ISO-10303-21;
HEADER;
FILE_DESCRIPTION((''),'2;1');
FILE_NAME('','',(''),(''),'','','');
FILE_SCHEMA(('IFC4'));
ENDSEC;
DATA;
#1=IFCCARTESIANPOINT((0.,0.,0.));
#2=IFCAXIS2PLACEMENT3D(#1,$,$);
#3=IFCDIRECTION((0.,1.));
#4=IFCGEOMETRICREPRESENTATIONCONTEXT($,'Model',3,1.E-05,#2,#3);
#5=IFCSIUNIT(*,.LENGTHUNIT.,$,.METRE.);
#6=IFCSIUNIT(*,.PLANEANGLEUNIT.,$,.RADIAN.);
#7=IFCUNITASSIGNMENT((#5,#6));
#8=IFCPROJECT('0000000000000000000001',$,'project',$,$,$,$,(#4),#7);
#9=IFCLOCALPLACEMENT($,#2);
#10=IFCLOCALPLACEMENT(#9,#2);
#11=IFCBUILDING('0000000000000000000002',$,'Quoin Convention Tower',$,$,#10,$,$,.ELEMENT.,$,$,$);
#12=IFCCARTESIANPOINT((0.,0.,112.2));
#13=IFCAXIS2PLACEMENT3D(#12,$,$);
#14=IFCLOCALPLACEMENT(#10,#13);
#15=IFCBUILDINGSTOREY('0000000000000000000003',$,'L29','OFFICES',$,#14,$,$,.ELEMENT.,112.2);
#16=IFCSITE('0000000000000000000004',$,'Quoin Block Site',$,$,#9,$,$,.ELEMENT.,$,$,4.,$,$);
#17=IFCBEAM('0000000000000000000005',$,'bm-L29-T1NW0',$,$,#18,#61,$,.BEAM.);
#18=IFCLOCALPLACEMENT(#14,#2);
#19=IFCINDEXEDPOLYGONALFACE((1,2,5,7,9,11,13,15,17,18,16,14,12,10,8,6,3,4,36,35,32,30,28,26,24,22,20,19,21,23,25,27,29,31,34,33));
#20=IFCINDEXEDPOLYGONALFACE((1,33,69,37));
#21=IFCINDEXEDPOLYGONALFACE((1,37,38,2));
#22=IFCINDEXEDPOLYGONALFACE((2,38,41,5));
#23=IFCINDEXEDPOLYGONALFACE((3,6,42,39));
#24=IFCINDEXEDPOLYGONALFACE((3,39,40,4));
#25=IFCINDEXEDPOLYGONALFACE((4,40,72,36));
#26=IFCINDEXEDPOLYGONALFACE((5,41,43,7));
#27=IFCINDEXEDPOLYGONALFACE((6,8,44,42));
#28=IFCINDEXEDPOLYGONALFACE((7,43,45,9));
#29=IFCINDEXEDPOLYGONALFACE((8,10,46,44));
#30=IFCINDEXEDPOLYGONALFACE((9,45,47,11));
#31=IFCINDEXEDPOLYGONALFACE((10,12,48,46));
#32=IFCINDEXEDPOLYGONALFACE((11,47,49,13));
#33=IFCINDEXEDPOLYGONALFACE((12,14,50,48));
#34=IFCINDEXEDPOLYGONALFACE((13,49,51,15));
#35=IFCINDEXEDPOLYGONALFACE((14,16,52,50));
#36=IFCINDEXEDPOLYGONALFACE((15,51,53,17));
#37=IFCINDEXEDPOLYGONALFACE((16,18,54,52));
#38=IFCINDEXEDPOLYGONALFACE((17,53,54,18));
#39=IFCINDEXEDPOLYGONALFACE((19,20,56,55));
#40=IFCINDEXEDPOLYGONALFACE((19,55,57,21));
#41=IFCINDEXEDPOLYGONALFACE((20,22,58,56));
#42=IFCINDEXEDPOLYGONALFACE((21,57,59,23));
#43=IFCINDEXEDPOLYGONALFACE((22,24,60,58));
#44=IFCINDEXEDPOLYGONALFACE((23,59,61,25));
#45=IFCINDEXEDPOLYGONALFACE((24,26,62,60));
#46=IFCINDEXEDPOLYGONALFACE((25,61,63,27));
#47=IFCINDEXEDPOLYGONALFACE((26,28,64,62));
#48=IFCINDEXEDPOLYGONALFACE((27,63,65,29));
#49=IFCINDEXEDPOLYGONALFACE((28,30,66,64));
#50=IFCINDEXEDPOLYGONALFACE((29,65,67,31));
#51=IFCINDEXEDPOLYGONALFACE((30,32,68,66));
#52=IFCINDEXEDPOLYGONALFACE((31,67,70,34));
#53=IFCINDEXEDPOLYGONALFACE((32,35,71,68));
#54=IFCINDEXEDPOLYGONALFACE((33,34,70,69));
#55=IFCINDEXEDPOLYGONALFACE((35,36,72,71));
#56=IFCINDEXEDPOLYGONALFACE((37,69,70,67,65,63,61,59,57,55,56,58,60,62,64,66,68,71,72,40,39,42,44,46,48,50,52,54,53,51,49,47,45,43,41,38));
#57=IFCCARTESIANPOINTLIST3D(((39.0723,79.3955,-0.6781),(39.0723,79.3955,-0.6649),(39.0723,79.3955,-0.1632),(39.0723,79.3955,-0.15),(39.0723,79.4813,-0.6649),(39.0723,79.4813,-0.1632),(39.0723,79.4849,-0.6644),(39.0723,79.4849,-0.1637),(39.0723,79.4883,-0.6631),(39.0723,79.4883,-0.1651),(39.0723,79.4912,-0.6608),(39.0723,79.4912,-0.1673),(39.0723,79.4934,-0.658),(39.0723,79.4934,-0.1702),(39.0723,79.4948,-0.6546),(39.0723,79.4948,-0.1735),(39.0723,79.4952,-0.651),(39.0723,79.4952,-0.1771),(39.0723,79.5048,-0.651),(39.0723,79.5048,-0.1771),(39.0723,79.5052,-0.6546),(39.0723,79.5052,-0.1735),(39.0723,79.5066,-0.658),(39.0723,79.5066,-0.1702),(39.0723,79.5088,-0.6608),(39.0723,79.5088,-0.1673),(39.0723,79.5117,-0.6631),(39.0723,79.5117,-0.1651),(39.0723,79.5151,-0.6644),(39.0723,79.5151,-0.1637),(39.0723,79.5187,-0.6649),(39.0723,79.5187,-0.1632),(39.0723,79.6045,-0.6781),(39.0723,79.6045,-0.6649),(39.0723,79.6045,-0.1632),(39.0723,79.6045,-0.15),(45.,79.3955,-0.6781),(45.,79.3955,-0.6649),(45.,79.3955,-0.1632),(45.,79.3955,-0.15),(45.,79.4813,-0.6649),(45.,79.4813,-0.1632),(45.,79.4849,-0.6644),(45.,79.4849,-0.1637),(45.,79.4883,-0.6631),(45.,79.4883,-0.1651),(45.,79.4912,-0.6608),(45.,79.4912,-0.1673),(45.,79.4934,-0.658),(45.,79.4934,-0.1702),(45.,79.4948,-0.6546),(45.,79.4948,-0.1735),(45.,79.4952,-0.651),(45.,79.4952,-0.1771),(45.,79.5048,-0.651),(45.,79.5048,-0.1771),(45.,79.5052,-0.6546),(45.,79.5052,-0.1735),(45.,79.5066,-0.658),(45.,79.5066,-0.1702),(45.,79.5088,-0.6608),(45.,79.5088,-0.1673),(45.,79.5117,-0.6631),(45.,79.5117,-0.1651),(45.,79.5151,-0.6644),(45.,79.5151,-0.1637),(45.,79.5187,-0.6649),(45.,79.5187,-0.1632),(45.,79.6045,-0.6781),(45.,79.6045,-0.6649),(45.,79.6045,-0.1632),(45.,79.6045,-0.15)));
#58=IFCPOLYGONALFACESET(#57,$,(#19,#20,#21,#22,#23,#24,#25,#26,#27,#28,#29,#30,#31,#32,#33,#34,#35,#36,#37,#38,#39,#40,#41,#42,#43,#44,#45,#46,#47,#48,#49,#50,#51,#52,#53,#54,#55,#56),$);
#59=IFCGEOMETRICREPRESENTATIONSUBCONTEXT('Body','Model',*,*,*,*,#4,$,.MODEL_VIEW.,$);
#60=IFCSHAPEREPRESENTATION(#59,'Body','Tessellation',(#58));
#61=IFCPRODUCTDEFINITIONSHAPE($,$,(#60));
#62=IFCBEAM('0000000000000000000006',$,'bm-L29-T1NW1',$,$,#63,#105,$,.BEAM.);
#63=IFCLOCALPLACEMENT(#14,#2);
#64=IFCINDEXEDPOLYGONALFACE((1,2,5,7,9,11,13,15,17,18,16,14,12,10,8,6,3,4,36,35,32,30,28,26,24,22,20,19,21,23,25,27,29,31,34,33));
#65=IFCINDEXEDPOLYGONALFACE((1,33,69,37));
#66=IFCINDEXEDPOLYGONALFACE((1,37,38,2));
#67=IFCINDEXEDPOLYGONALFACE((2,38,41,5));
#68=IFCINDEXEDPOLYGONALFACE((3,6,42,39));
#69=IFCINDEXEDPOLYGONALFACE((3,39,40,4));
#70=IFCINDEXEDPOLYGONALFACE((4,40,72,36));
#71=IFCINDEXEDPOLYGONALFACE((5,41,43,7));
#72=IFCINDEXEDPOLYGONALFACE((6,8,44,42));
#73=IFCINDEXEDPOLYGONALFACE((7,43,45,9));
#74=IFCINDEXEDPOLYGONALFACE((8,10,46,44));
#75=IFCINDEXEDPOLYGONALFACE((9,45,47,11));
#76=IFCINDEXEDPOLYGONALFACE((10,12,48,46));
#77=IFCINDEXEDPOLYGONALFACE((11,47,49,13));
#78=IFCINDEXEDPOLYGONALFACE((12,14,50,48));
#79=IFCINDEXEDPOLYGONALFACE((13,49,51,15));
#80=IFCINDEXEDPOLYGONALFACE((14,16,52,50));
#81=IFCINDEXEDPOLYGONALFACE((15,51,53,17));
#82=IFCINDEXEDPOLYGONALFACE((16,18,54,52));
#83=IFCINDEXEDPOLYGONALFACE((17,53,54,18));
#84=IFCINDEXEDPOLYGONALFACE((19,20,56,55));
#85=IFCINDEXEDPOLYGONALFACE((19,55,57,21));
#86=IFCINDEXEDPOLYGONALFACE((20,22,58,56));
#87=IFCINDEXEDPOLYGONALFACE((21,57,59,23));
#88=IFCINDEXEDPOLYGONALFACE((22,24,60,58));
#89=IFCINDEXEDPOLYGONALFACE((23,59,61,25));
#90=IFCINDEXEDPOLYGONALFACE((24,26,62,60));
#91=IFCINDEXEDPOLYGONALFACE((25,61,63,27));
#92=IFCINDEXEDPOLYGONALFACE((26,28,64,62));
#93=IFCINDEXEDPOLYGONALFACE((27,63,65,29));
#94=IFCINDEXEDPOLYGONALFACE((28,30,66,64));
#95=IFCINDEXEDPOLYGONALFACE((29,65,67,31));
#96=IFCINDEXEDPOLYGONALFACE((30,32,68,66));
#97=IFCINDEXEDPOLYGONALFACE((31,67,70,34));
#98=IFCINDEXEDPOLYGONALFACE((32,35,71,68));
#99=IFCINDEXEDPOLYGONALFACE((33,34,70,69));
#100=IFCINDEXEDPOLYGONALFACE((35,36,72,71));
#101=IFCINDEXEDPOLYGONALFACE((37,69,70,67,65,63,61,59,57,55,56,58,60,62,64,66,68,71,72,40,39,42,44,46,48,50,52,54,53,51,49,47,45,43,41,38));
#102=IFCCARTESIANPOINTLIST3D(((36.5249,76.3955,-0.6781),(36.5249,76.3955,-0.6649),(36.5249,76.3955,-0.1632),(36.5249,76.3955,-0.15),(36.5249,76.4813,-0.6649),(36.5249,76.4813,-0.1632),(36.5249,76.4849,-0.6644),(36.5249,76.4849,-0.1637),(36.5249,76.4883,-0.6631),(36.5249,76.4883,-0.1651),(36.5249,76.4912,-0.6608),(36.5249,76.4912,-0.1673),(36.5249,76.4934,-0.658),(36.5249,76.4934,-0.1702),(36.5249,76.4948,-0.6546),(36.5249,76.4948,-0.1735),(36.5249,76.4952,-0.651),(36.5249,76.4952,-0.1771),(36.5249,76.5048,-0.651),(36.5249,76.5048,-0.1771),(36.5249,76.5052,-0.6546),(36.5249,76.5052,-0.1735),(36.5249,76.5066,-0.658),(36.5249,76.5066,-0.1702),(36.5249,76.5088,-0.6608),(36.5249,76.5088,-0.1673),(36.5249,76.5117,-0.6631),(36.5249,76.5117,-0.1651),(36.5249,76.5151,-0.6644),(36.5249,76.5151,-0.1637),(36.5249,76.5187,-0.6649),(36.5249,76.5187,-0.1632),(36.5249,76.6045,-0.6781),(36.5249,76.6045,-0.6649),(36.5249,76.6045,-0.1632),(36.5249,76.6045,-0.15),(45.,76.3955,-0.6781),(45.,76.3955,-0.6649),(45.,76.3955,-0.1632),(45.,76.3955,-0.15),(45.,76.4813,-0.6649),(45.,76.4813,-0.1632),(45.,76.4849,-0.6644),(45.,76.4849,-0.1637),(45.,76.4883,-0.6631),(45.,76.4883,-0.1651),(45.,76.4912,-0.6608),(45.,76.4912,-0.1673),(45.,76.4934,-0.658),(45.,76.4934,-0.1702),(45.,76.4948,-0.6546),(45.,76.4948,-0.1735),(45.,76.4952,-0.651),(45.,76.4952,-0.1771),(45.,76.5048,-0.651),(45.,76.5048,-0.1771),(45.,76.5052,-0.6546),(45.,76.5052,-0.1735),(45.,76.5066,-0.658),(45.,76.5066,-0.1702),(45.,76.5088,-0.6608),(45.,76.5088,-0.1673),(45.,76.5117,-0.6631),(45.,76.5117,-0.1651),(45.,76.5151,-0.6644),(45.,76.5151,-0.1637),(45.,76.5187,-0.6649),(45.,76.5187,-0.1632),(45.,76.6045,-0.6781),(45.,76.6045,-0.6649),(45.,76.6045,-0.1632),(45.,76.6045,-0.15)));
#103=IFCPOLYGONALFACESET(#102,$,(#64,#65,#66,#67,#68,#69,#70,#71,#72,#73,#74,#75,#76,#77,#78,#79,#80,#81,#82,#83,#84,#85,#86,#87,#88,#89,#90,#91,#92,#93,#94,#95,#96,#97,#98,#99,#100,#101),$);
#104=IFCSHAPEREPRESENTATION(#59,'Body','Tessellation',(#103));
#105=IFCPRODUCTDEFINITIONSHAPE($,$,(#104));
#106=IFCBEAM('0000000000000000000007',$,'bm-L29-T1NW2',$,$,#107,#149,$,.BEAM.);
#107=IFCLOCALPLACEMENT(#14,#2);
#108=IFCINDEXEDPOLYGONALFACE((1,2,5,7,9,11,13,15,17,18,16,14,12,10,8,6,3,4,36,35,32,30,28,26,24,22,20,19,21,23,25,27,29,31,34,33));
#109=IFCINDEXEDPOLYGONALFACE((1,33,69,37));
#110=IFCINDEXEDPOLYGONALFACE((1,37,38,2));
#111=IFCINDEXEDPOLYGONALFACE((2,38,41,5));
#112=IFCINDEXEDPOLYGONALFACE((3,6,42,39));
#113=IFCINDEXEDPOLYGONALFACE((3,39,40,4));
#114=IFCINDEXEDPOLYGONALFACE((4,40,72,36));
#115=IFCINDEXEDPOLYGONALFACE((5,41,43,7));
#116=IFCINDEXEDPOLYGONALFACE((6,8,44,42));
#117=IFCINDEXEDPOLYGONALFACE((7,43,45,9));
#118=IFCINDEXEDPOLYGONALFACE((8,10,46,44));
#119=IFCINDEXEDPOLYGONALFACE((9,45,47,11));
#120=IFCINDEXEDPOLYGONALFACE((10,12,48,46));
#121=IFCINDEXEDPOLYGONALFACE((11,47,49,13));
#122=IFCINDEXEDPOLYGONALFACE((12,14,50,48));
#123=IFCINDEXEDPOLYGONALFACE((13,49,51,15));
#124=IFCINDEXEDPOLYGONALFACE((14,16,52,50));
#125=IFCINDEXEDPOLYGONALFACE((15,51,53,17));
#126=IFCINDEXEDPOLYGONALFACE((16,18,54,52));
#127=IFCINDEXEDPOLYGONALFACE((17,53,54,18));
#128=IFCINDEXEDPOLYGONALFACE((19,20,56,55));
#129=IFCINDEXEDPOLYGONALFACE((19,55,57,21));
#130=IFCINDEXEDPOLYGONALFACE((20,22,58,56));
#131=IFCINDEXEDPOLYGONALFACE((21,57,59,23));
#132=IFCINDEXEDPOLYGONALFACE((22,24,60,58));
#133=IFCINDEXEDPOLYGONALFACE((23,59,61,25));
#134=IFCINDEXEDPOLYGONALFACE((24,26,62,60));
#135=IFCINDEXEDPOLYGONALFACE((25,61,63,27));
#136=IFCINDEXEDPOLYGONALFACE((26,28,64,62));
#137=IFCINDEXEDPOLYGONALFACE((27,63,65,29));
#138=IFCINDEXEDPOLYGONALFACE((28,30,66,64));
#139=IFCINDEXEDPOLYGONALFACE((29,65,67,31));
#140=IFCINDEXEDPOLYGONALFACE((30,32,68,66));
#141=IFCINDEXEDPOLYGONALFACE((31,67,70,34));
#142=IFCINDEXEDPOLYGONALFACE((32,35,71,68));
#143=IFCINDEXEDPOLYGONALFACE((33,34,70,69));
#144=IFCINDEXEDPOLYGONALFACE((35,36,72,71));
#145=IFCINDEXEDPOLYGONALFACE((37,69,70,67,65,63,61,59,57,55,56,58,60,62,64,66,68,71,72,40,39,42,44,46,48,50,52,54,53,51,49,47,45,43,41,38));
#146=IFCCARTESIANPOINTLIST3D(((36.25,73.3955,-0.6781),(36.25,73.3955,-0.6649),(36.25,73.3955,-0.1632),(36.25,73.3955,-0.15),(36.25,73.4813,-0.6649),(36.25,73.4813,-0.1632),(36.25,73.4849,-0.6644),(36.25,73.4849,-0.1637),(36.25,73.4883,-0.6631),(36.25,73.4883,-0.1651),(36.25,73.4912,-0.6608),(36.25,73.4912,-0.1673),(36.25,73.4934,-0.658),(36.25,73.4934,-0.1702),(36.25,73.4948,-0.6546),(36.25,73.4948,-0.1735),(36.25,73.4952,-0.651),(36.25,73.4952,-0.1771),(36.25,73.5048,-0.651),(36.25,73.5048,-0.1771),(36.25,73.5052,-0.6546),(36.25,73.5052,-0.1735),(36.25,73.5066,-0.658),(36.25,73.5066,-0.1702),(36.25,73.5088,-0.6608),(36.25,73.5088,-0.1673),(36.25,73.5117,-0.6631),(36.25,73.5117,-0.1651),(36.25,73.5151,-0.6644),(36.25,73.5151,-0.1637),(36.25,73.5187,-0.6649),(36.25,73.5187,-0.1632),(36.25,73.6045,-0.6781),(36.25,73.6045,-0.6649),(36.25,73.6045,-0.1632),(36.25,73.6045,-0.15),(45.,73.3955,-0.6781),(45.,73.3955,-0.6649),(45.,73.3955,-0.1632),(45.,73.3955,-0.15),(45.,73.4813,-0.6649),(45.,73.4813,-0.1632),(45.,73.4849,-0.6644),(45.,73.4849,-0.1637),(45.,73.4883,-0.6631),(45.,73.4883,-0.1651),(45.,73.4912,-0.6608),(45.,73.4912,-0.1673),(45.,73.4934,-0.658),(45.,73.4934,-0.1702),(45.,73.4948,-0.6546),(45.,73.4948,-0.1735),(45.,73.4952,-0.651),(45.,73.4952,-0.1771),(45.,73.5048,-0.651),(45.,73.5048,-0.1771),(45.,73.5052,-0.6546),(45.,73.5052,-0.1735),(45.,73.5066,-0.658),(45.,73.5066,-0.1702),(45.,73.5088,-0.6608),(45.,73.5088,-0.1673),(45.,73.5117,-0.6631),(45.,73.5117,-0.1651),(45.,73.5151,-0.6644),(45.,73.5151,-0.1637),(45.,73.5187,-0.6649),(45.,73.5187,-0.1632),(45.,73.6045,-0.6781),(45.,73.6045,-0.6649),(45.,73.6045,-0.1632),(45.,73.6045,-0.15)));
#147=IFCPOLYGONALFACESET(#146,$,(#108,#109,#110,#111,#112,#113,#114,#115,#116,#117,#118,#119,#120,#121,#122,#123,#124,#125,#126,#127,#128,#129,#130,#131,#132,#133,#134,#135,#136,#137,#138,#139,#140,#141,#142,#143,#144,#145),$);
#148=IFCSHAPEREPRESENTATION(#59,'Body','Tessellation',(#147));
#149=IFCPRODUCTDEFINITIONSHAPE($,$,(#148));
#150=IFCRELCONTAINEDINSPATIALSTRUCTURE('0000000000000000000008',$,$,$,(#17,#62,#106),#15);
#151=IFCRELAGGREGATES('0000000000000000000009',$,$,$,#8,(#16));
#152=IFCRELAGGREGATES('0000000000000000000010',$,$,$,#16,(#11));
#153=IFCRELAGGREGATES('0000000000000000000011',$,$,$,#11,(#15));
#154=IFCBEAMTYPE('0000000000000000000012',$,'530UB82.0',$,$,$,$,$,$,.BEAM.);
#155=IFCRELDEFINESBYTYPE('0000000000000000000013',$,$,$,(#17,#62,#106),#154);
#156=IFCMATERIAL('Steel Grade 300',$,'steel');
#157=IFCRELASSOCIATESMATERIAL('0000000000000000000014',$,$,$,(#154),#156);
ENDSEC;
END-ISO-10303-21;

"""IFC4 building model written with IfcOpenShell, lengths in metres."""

from ifc_helpers import new_model, si_unit, direction, frame, origin, origin_2d, place, context, subcontext, project, spatial, i_section, extrude, material, material_profile, profile_set, type_object, element, save


model = new_model("IFC4")

# Units and contexts
model_context = context("Model", 3, precision=1e-05, world=origin(), true_north=direction((0.0, 1.0)))
body_context = subcontext(model_context, "Body", "Model", "MODEL_VIEW")
ifc_project = project(units=[si_unit("LENGTHUNIT", "METRE"), si_unit("PLANEANGLEUNIT", "RADIAN")], contexts=[model_context])

# Site, building, storey
site_placement = place(None, origin())
site = spatial("IfcSite", under=ifc_project, at=site_placement, Name="Quoin Block Site", CompositionType="ELEMENT", RefElevation=4.0)
building_placement = place(site_placement, origin())
building = spatial("IfcBuilding", under=site, at=building_placement, Name="Quoin Convention Tower", CompositionType="ELEMENT")
storey_placement = place(building_placement, frame((0.0, 0.0, 112.2)))
storey = spatial("IfcBuildingStorey", under=building, at=storey_placement, Name="L29", Description="OFFICES", CompositionType="ELEMENT", Elevation=112.2)

# Beams
ifc_material_1 = material(Name="Steel Grade 300", Category="steel")
ifc_material_profile_1 = material_profile(ifc_material_1, i_section(OverallWidth=0.209, OverallDepth=0.5281, WebThickness=0.0095, FlangeThickness=0.0132, FilletRadius=0.0139, at=origin_2d()), Name="530UB82.0")
ifc_profile_set_1 = profile_set([ifc_material_profile_1], Name="Steel Grade 300")
beam_type_1 = type_object("IfcBeamType", Name="530UB82.0", PredefinedType="BEAM", material=ifc_profile_set_1)
beam_1_placement = place(storey_placement, frame((39.0723, 79.5, -0.4141), z_axis=(1.0, 0.0, 0.0), x_axis=(0.0, 1.0, 0.0)))
element("IfcBeam", 1, at=beam_1_placement, inside=storey, type_object=beam_type_1, Name="bm-L29-T1NW0", PredefinedType="BEAM", context=body_context, shape_type="SweptSolid", body=[
    extrude(i_section(OverallWidth=0.209, OverallDepth=0.5281, WebThickness=0.0095, FlangeThickness=0.0132, FilletRadius=0.0139, at=origin_2d()), origin(), (0.0, 0.0, 1.0), 5.9277),
])
beam_2_placement = place(storey_placement, frame((36.5249, 76.5, -0.4141), z_axis=(1.0, 0.0, 0.0), x_axis=(0.0, 1.0, 0.0)))
element("IfcBeam", 2, at=beam_2_placement, inside=storey, type_object=beam_type_1, Name="bm-L29-T1NW1", PredefinedType="BEAM", context=body_context, shape_type="SweptSolid", body=[
    extrude(i_section(OverallWidth=0.209, OverallDepth=0.5281, WebThickness=0.0095, FlangeThickness=0.0132, FilletRadius=0.0139, at=origin_2d()), origin(), (0.0, 0.0, 1.0), 8.4751),
])
beam_3_placement = place(storey_placement, frame((36.25, 73.5, -0.4141), z_axis=(1.0, 0.0, 0.0), x_axis=(0.0, 1.0, 0.0)))
element("IfcBeam", 3, at=beam_3_placement, inside=storey, type_object=beam_type_1, Name="bm-L29-T1NW2", PredefinedType="BEAM", context=body_context, shape_type="SweptSolid", body=[
    extrude(i_section(OverallWidth=0.209, OverallDepth=0.5281, WebThickness=0.0095, FlangeThickness=0.0132, FilletRadius=0.0139, at=origin_2d()), origin(), (0.0, 0.0, 1.0), 8.75),
])

save(model, "model.ifc")
